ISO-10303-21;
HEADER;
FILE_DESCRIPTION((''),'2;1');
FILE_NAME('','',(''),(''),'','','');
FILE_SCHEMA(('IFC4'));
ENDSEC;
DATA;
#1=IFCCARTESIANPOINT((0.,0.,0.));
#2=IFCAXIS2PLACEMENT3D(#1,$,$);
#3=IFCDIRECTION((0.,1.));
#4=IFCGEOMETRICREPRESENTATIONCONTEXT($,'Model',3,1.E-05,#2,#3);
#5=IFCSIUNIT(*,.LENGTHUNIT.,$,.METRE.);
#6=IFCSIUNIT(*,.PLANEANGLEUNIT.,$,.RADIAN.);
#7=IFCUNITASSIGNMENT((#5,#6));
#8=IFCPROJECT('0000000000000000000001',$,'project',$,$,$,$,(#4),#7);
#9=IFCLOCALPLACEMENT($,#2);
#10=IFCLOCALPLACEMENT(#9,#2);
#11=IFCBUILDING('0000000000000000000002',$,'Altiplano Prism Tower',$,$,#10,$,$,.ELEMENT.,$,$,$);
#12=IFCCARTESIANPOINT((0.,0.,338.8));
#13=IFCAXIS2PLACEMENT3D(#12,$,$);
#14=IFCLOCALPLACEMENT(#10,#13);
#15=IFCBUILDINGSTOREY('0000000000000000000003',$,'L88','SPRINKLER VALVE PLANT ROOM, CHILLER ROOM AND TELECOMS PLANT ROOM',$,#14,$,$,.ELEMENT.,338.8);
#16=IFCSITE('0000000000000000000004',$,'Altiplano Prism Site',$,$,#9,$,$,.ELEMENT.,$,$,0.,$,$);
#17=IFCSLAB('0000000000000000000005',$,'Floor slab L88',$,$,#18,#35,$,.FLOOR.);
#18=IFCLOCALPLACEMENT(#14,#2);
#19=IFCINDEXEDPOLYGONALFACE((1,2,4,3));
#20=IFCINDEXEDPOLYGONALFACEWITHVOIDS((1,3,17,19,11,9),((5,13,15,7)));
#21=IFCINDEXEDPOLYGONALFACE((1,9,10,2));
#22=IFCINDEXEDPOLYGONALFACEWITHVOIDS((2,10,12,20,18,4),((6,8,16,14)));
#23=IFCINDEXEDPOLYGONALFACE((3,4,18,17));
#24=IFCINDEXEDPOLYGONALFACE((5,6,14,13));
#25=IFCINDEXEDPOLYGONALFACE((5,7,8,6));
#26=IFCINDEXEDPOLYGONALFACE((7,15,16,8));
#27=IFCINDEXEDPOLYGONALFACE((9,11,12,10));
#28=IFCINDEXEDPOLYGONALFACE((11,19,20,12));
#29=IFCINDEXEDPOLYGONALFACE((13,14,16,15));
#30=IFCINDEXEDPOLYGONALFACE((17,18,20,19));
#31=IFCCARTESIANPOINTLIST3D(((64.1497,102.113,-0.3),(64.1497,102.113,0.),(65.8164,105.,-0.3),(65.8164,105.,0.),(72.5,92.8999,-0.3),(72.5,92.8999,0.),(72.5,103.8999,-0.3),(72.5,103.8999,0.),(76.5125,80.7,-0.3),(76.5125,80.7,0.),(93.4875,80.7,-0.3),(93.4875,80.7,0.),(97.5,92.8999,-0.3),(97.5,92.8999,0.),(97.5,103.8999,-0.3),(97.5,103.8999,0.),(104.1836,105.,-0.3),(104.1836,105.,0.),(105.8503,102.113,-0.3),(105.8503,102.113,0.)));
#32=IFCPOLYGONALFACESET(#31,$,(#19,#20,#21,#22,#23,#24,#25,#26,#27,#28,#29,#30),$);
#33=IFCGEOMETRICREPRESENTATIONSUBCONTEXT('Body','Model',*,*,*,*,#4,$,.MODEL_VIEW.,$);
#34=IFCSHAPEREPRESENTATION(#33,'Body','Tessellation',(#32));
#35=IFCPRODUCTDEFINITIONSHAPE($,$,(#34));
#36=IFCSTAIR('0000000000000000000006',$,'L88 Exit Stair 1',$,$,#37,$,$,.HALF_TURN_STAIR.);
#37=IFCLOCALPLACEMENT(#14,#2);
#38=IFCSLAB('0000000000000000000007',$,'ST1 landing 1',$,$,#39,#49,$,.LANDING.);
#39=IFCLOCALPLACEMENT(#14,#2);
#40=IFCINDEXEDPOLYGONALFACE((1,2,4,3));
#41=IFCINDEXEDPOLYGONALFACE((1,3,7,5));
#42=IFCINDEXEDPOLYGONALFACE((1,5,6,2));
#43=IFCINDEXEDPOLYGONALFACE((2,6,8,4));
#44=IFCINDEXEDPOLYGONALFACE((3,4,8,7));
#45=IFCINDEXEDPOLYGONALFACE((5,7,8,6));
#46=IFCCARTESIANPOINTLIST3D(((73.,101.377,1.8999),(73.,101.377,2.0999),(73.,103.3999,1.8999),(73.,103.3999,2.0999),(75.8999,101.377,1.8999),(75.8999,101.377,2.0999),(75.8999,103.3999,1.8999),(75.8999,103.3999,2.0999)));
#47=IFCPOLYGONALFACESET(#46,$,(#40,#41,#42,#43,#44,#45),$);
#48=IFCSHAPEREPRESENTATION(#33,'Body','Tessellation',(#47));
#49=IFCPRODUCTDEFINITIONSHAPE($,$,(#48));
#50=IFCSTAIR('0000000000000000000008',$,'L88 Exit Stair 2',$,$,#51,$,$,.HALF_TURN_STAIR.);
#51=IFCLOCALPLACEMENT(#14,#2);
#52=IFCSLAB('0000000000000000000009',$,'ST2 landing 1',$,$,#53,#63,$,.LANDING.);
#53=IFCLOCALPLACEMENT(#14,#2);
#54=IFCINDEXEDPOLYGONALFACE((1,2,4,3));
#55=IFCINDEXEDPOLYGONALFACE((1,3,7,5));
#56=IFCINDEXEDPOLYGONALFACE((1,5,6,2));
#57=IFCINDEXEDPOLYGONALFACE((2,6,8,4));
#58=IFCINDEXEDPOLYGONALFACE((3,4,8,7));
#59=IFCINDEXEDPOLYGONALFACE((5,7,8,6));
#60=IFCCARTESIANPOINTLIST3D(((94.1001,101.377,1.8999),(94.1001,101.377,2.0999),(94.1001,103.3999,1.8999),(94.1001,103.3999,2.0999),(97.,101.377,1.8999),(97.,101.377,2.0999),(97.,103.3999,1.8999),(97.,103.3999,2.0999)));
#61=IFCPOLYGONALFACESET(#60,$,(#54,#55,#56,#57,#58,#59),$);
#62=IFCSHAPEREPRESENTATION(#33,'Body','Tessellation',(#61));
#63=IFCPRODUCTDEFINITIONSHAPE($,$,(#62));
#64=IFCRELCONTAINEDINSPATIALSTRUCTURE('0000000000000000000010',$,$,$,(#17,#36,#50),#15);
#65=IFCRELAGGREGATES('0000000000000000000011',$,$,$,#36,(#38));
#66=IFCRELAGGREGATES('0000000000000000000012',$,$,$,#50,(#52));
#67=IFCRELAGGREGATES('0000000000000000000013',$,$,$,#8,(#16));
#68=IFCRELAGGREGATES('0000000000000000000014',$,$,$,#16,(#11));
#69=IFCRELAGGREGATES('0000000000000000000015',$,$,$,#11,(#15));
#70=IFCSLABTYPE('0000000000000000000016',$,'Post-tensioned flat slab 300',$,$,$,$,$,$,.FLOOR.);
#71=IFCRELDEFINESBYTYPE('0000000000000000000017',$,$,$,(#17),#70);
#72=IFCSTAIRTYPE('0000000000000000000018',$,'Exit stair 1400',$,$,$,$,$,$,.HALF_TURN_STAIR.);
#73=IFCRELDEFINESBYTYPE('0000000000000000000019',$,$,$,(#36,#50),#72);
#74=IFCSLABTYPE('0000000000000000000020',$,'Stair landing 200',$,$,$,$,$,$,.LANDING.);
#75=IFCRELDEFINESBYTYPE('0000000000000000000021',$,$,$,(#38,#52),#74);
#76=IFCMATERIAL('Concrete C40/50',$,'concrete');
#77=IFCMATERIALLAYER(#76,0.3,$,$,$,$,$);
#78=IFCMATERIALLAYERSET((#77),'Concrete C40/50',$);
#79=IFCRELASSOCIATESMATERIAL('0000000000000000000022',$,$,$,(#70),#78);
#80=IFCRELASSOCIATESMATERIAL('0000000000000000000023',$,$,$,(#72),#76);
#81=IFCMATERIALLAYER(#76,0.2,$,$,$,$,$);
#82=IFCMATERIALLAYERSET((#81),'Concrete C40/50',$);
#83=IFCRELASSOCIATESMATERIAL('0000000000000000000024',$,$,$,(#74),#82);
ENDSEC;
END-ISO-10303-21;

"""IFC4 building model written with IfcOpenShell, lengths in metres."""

from ifc_helpers import new_model, si_unit, direction, frame, origin, place, context, subcontext, project, spatial, polyline, outline, extrude, material, layer, layer_set, type_object, element, aggregate, save


model = new_model("IFC4")

# Units and contexts
model_context = context("Model", 3, precision=1e-05, world=origin(), true_north=direction((0.0, 1.0)))
body_context = subcontext(model_context, "Body", "Model", "MODEL_VIEW")
ifc_project = project(units=[si_unit("LENGTHUNIT", "METRE"), si_unit("PLANEANGLEUNIT", "RADIAN")], contexts=[model_context])

# Site, building, storey
site_placement = place(None, origin())
site = spatial("IfcSite", under=ifc_project, at=site_placement, Name="Altiplano Prism Site", CompositionType="ELEMENT", RefElevation=0.0)
building_placement = place(site_placement, origin())
building = spatial("IfcBuilding", under=site, at=building_placement, Name="Altiplano Prism Tower", CompositionType="ELEMENT")
storey_placement = place(building_placement, frame((0.0, 0.0, 338.8)))
storey = spatial("IfcBuildingStorey", under=building, at=storey_placement, Name="L88", Description="SPRINKLER VALVE PLANT ROOM, CHILLER ROOM AND TELECOMS PLANT ROOM", CompositionType="ELEMENT", Elevation=338.8)

# Slab
ifc_material_1 = material(Name="Concrete C40/50", Category="concrete")
ifc_layer_1 = layer(ifc_material_1, 0.3)
ifc_layer_set_1 = layer_set([ifc_layer_1], Name="Concrete C40/50")
slab_type_1 = type_object("IfcSlabType", Name="Post-tensioned flat slab 300", PredefinedType="FLOOR", material=ifc_layer_set_1)
slab_1_placement = place(storey_placement, frame((0.0, 0.0, -0.3)))
element("IfcSlab", 1, at=slab_1_placement, inside=storey, type_object=slab_type_1, Name="Floor slab L88", PredefinedType="FLOOR", context=body_context, shape_type="SweptSolid", body=[
    extrude(outline(polyline([(105.8503, 102.113), (93.4875, 80.7), (76.5125, 80.7), (64.1497, 102.113), (65.8164, 105.0), (104.1836, 105.0), (105.8503, 102.113)]), holes=[polyline([(97.5, 92.8999), (97.5, 103.8999), (72.5, 103.8999), (72.5, 92.8999), (97.5, 92.8999)])]), origin(), (0.0, 0.0, 1.0), 0.3),
])

# Stairs, slabs
stair_type = type_object("IfcStairType", Name="Exit stair 1400", PredefinedType="HALF_TURN_STAIR", material=ifc_material_1)
stair_1_placement = place(storey_placement, origin())
stair_1 = element("IfcStair", 2, at=stair_1_placement, inside=storey, type_object=stair_type, Name="L88 Exit Stair 1", PredefinedType="HALF_TURN_STAIR")
ifc_layer_2 = layer(ifc_material_1, 0.2)
ifc_layer_set_2 = layer_set([ifc_layer_2], Name="Concrete C40/50")
slab_type_2 = type_object("IfcSlabType", Name="Stair landing 200", PredefinedType="LANDING", material=ifc_layer_set_2)
slab_2_placement = place(storey_placement, frame((0.0, 0.0, 1.8999)))
slab_2 = element("IfcSlab", 3, at=slab_2_placement, type_object=slab_type_2, Name="ST1 landing 1", PredefinedType="LANDING", context=body_context, shape_type="SweptSolid", body=[
    extrude(outline(polyline([(75.8999, 101.377), (75.8999, 103.3999), (73.0, 103.3999), (73.0, 101.377), (75.8999, 101.377)])), origin(), (0.0, 0.0, 1.0), 0.2),
])
aggregate(stair_1, [slab_2])
stair_2_placement = place(storey_placement, origin())
stair_2 = element("IfcStair", 4, at=stair_2_placement, inside=storey, type_object=stair_type, Name="L88 Exit Stair 2", PredefinedType="HALF_TURN_STAIR")
slab_3_placement = place(storey_placement, frame((0.0, 0.0, 1.8999)))
slab_3 = element("IfcSlab", 5, at=slab_3_placement, type_object=slab_type_2, Name="ST2 landing 1", PredefinedType="LANDING", context=body_context, shape_type="SweptSolid", body=[
    extrude(outline(polyline([(97.0, 101.377), (97.0, 103.3999), (94.1001, 103.3999), (94.1001, 101.377), (97.0, 101.377)])), origin(), (0.0, 0.0, 1.0), 0.2),
])
aggregate(stair_2, [slab_3])

save(model, "model.ifc")
